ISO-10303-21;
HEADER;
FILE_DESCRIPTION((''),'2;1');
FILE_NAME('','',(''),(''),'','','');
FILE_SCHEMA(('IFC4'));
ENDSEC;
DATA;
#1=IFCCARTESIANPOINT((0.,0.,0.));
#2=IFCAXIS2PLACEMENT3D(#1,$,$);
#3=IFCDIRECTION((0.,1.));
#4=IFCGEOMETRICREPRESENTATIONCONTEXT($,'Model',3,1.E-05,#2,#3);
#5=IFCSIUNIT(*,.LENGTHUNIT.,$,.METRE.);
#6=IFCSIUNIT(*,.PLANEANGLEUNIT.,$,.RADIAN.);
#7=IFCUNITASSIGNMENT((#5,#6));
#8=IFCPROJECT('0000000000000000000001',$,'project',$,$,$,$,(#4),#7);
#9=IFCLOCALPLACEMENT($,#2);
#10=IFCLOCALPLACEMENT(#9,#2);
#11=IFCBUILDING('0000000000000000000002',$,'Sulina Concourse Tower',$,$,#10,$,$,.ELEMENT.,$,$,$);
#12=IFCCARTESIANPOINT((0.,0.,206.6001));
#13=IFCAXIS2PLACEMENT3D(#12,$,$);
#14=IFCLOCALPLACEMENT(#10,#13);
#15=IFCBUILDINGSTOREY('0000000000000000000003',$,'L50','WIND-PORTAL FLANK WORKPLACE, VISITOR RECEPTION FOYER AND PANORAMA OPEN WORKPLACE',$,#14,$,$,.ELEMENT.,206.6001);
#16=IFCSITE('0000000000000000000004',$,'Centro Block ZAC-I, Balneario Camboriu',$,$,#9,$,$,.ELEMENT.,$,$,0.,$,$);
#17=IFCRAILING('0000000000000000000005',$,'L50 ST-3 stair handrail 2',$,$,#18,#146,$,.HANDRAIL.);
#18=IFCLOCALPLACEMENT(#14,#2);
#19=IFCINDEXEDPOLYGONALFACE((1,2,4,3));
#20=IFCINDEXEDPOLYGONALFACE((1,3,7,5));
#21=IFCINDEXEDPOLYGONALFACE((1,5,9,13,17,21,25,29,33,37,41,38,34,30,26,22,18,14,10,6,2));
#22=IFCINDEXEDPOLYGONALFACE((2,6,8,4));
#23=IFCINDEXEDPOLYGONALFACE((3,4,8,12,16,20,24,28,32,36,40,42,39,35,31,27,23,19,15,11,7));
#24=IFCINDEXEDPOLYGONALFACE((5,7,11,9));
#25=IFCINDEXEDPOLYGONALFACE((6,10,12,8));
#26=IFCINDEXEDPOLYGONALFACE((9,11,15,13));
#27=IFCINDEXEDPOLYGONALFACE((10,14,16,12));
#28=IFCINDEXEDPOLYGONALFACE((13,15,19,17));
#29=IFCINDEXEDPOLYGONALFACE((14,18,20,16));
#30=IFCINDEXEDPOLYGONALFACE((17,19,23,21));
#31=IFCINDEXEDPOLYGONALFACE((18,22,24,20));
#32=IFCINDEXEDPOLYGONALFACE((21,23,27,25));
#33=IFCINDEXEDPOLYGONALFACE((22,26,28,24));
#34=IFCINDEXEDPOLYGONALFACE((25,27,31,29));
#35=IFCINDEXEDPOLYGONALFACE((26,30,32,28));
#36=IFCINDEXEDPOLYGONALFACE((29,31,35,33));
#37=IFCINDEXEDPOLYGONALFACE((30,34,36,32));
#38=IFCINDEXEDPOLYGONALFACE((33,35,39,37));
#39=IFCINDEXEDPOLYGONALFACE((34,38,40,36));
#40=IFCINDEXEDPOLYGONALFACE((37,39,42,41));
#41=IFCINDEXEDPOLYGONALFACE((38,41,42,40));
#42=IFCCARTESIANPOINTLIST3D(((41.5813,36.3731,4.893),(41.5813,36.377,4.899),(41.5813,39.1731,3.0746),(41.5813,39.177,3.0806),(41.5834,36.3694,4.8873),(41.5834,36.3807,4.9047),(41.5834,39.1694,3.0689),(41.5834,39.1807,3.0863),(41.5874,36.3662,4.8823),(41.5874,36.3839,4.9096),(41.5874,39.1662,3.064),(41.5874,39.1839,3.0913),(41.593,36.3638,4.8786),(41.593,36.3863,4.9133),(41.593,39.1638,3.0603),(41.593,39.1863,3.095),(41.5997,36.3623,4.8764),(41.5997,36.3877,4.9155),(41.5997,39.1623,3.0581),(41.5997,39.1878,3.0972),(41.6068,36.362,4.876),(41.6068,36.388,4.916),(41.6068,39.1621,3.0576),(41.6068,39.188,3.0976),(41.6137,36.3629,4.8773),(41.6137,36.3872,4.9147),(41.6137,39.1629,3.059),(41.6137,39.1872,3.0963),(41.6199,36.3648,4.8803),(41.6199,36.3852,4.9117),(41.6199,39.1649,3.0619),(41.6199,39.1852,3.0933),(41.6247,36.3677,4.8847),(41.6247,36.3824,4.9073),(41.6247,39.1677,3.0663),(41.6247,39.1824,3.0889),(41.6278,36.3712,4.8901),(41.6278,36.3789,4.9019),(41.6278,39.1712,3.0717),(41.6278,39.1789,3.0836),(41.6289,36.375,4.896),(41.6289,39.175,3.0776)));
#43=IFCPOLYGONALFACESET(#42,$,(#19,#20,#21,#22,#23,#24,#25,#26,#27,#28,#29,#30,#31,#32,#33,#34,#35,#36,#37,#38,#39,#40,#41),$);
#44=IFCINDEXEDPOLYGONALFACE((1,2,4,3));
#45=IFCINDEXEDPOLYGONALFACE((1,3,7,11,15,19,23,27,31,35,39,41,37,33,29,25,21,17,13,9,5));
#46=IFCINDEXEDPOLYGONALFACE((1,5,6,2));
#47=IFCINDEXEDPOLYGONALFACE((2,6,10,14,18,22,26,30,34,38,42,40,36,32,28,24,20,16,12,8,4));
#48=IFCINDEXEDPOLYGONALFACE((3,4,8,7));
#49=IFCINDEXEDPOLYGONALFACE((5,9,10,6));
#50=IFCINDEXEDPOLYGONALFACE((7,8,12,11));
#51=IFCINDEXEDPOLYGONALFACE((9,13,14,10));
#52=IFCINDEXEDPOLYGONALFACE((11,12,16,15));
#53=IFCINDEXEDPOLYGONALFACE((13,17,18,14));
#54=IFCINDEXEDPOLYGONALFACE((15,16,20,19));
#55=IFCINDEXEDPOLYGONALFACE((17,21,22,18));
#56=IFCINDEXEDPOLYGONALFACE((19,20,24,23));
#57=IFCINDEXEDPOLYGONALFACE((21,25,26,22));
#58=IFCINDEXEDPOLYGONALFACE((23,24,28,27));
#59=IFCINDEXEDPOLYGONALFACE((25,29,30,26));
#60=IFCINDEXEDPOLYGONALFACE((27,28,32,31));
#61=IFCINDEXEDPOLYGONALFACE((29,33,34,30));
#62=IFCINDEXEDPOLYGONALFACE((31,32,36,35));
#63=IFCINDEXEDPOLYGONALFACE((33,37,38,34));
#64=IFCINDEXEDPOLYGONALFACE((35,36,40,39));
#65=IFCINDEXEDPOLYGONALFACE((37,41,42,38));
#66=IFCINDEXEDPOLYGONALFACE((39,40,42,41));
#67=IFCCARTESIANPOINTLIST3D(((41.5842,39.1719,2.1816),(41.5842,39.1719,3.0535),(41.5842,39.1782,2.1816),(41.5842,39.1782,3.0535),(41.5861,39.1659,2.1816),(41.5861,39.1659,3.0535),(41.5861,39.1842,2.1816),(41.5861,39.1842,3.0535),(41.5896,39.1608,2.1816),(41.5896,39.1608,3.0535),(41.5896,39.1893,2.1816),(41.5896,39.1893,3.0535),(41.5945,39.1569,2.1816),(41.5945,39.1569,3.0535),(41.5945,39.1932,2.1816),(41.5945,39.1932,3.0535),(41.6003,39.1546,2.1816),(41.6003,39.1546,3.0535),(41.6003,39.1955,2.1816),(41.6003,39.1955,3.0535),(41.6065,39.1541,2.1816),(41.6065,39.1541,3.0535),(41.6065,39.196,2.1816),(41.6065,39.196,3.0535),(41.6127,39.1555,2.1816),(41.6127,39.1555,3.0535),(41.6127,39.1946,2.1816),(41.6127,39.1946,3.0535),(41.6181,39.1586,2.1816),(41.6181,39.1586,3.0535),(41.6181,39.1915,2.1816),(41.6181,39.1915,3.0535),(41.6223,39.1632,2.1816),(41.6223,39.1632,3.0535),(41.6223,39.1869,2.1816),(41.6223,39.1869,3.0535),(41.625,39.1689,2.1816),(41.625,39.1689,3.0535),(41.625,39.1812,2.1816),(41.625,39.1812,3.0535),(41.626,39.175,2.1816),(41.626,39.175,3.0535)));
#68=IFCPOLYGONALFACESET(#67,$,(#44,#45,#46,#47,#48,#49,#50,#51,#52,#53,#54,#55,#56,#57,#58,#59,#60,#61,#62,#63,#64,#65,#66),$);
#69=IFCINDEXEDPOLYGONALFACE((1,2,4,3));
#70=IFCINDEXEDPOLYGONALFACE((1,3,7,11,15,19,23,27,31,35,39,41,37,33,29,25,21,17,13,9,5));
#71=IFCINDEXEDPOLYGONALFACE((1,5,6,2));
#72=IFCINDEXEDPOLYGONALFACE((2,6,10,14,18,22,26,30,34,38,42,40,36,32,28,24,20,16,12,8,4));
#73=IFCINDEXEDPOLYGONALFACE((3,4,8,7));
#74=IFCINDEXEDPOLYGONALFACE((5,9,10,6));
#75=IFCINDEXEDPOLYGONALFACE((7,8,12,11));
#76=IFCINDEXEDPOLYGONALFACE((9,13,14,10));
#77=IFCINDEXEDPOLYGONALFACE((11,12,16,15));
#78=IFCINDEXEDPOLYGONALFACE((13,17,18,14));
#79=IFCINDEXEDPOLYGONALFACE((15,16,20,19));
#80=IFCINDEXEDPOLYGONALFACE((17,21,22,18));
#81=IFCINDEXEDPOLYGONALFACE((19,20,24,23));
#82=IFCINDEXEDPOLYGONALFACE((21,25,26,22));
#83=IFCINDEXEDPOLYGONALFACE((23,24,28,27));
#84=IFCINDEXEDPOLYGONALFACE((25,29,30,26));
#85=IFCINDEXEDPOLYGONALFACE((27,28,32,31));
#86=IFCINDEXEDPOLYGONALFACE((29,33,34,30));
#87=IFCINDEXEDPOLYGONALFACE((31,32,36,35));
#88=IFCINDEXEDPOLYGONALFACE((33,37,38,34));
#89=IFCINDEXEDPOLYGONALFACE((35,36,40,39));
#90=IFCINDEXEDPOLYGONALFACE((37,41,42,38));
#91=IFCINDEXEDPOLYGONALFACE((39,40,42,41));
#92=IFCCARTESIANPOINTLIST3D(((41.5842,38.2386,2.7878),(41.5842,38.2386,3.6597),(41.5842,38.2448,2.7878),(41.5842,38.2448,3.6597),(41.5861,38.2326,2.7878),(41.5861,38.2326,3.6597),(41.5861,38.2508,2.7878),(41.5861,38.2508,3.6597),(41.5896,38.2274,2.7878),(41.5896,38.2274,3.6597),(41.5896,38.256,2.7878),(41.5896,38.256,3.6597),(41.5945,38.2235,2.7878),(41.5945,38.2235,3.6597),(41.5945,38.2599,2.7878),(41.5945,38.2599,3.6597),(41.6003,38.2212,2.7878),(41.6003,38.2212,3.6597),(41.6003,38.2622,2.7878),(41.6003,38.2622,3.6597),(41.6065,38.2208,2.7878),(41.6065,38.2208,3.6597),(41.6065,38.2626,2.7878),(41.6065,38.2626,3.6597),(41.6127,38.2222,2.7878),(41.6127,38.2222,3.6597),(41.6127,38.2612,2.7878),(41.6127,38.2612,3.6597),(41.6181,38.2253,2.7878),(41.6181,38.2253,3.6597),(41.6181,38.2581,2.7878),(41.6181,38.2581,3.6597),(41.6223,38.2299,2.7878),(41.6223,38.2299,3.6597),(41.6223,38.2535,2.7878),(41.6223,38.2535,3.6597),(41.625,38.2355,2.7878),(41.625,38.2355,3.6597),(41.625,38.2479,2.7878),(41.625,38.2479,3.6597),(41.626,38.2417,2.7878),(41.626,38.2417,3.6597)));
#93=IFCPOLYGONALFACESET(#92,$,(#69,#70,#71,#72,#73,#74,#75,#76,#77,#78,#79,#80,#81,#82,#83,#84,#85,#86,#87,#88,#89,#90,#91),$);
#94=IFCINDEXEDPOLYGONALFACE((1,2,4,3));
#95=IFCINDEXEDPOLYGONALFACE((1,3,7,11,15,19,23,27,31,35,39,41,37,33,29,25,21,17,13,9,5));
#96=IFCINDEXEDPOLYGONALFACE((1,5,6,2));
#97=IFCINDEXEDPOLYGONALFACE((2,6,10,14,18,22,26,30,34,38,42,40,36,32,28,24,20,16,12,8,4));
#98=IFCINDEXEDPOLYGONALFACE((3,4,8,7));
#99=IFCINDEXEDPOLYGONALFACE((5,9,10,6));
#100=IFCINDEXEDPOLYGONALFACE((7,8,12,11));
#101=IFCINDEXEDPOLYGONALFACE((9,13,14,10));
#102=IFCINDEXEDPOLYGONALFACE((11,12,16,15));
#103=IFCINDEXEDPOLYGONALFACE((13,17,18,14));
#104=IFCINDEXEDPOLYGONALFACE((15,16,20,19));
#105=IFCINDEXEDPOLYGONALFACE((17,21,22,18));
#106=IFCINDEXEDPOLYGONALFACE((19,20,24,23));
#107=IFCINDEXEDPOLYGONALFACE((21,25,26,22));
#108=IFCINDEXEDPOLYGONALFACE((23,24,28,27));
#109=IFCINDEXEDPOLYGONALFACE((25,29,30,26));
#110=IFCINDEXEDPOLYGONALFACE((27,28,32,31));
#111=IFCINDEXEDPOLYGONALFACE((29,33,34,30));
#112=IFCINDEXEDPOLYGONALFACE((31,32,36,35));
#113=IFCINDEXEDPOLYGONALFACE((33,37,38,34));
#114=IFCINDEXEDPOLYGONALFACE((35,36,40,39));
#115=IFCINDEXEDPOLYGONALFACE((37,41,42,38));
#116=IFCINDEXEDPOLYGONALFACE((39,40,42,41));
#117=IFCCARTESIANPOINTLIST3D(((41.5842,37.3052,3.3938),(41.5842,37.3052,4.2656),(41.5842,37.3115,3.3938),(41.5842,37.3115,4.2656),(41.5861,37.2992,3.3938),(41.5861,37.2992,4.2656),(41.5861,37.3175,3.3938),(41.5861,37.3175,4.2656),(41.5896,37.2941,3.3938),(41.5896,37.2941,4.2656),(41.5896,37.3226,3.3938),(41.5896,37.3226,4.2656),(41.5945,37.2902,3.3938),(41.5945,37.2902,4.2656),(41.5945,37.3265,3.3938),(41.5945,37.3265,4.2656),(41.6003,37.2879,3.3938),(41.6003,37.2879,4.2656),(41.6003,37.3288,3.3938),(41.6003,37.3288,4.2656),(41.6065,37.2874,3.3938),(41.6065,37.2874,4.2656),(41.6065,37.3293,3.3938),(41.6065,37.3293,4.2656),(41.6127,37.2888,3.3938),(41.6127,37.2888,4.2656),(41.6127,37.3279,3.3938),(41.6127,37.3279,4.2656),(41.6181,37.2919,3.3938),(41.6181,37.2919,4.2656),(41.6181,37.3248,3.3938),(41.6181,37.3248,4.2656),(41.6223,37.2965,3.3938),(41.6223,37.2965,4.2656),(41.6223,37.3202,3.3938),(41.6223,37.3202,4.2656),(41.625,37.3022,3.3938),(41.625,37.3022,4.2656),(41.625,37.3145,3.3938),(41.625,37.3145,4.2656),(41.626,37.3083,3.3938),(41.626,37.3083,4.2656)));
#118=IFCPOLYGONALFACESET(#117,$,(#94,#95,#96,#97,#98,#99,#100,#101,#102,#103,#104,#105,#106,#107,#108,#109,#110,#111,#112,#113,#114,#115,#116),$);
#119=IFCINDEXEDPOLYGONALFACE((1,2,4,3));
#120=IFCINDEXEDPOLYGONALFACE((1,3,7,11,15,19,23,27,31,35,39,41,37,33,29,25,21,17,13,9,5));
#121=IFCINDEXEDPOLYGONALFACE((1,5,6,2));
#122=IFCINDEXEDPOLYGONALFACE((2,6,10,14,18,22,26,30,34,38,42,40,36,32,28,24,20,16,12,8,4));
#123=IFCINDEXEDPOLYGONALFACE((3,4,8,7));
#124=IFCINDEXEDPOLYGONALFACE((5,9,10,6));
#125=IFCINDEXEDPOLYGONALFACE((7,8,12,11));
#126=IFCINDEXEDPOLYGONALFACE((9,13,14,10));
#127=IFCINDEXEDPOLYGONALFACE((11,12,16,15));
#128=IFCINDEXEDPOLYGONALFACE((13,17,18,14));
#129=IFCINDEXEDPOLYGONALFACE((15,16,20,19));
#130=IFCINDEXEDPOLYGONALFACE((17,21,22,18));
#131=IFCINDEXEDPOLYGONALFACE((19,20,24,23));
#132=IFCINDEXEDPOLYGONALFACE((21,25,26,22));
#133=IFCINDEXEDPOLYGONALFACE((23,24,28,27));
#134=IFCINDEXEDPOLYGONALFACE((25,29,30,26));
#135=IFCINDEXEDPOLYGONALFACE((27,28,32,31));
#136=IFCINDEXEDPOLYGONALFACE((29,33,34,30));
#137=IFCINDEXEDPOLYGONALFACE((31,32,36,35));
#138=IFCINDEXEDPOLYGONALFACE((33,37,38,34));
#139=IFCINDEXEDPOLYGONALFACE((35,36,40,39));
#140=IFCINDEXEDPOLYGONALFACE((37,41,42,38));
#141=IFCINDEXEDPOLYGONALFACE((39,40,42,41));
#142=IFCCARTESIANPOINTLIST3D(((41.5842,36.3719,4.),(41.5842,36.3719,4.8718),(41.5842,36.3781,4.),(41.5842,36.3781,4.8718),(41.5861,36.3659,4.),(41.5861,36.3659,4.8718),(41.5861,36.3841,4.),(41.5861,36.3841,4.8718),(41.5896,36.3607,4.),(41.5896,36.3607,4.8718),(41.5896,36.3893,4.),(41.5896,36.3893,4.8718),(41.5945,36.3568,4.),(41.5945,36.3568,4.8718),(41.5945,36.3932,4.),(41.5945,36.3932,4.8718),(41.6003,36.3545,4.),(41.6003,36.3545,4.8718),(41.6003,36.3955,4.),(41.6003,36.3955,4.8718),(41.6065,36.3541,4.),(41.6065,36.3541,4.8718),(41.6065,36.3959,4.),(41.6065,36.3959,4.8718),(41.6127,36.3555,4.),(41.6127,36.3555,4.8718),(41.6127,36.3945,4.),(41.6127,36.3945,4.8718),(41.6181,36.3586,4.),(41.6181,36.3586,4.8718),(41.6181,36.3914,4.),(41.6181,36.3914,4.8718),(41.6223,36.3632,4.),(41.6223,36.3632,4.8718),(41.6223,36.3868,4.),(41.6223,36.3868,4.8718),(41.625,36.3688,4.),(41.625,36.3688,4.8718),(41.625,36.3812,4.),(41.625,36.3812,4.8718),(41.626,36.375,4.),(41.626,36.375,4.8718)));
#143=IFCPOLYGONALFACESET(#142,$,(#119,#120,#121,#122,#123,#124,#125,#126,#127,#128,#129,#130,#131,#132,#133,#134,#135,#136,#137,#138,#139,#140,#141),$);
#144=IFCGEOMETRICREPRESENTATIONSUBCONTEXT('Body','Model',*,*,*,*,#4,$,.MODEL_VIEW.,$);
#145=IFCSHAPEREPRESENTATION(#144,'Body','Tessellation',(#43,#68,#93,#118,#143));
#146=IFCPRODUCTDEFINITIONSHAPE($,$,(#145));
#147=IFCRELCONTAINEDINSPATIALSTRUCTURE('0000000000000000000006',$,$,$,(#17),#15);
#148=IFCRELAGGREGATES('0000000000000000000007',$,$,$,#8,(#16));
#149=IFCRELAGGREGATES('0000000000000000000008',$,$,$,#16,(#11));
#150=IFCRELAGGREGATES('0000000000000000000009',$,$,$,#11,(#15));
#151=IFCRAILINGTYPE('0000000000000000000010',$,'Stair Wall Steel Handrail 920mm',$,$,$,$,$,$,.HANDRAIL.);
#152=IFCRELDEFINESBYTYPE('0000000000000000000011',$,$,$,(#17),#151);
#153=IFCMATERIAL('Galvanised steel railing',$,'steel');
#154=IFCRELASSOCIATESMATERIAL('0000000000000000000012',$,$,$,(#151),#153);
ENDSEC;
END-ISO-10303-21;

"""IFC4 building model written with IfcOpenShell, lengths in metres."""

from ifc_helpers import new_model, si_unit, direction, frame, origin, origin_2d, place, context, subcontext, project, spatial, circle, extrude, material, type_object, element, save


model = new_model("IFC4")

# Units and contexts
model_context = context("Model", 3, precision=1e-05, world=origin(), true_north=direction((0.0, 1.0)))
body_context = subcontext(model_context, "Body", "Model", "MODEL_VIEW")
ifc_project = project(units=[si_unit("LENGTHUNIT", "METRE"), si_unit("PLANEANGLEUNIT", "RADIAN")], contexts=[model_context])

# Site, building, storey
site_placement = place(None, origin())
site = spatial("IfcSite", under=ifc_project, at=site_placement, Name="Centro Block ZAC-I, Balneario Camboriu", CompositionType="ELEMENT", RefElevation=0.0)
building_placement = place(site_placement, origin())
building = spatial("IfcBuilding", under=site, at=building_placement, Name="Sulina Concourse Tower", CompositionType="ELEMENT")
storey_placement = place(building_placement, frame((0.0, 0.0, 206.6001)))
storey = spatial("IfcBuildingStorey", under=building, at=storey_placement, Name="L50", Description="WIND-PORTAL FLANK WORKPLACE, VISITOR RECEPTION FOYER AND PANORAMA OPEN WORKPLACE", CompositionType="ELEMENT", Elevation=206.6001)

# Railing
ifc_material_1 = material(Name="Galvanised steel railing", Category="steel")
railing_type_1 = type_object("IfcRailingType", Name="Stair Wall Steel Handrail 920mm", PredefinedType="HANDRAIL", material=ifc_material_1)
railing_1_placement = place(storey_placement, frame((41.605, 39.175, 2.1816)))
element("IfcRailing", 1, at=railing_1_placement, inside=storey, type_object=railing_type_1, Name="L50 ST-3 stair handrail 2", PredefinedType="HANDRAIL", context=body_context, shape_type="SweptSolid", body=[
    extrude(circle(Radius=0.0239, at=origin_2d()), frame((0.0, 0.0, 0.896), z_axis=(0.0, -0.838672, 0.544636), x_axis=(1.0, 0.0, 0.0)), (0.0, 0.0, 1.0), 3.3386),
    extrude(circle(Radius=0.021, at=origin_2d()), origin(), (0.0, 0.0, 1.0), 0.8718),
    extrude(circle(Radius=0.021, at=origin_2d()), frame((0.0, -0.9333, 0.6062)), (0.0, 0.0, 1.0), 0.8718),
    extrude(circle(Radius=0.021, at=origin_2d()), frame((0.0, -1.8667, 1.2122)), (0.0, 0.0, 1.0), 0.8718),
    extrude(circle(Radius=0.021, at=origin_2d()), frame((0.0, -2.8, 1.8184)), (0.0, 0.0, 1.0), 0.8718),
])

save(model, "model.ifc")
